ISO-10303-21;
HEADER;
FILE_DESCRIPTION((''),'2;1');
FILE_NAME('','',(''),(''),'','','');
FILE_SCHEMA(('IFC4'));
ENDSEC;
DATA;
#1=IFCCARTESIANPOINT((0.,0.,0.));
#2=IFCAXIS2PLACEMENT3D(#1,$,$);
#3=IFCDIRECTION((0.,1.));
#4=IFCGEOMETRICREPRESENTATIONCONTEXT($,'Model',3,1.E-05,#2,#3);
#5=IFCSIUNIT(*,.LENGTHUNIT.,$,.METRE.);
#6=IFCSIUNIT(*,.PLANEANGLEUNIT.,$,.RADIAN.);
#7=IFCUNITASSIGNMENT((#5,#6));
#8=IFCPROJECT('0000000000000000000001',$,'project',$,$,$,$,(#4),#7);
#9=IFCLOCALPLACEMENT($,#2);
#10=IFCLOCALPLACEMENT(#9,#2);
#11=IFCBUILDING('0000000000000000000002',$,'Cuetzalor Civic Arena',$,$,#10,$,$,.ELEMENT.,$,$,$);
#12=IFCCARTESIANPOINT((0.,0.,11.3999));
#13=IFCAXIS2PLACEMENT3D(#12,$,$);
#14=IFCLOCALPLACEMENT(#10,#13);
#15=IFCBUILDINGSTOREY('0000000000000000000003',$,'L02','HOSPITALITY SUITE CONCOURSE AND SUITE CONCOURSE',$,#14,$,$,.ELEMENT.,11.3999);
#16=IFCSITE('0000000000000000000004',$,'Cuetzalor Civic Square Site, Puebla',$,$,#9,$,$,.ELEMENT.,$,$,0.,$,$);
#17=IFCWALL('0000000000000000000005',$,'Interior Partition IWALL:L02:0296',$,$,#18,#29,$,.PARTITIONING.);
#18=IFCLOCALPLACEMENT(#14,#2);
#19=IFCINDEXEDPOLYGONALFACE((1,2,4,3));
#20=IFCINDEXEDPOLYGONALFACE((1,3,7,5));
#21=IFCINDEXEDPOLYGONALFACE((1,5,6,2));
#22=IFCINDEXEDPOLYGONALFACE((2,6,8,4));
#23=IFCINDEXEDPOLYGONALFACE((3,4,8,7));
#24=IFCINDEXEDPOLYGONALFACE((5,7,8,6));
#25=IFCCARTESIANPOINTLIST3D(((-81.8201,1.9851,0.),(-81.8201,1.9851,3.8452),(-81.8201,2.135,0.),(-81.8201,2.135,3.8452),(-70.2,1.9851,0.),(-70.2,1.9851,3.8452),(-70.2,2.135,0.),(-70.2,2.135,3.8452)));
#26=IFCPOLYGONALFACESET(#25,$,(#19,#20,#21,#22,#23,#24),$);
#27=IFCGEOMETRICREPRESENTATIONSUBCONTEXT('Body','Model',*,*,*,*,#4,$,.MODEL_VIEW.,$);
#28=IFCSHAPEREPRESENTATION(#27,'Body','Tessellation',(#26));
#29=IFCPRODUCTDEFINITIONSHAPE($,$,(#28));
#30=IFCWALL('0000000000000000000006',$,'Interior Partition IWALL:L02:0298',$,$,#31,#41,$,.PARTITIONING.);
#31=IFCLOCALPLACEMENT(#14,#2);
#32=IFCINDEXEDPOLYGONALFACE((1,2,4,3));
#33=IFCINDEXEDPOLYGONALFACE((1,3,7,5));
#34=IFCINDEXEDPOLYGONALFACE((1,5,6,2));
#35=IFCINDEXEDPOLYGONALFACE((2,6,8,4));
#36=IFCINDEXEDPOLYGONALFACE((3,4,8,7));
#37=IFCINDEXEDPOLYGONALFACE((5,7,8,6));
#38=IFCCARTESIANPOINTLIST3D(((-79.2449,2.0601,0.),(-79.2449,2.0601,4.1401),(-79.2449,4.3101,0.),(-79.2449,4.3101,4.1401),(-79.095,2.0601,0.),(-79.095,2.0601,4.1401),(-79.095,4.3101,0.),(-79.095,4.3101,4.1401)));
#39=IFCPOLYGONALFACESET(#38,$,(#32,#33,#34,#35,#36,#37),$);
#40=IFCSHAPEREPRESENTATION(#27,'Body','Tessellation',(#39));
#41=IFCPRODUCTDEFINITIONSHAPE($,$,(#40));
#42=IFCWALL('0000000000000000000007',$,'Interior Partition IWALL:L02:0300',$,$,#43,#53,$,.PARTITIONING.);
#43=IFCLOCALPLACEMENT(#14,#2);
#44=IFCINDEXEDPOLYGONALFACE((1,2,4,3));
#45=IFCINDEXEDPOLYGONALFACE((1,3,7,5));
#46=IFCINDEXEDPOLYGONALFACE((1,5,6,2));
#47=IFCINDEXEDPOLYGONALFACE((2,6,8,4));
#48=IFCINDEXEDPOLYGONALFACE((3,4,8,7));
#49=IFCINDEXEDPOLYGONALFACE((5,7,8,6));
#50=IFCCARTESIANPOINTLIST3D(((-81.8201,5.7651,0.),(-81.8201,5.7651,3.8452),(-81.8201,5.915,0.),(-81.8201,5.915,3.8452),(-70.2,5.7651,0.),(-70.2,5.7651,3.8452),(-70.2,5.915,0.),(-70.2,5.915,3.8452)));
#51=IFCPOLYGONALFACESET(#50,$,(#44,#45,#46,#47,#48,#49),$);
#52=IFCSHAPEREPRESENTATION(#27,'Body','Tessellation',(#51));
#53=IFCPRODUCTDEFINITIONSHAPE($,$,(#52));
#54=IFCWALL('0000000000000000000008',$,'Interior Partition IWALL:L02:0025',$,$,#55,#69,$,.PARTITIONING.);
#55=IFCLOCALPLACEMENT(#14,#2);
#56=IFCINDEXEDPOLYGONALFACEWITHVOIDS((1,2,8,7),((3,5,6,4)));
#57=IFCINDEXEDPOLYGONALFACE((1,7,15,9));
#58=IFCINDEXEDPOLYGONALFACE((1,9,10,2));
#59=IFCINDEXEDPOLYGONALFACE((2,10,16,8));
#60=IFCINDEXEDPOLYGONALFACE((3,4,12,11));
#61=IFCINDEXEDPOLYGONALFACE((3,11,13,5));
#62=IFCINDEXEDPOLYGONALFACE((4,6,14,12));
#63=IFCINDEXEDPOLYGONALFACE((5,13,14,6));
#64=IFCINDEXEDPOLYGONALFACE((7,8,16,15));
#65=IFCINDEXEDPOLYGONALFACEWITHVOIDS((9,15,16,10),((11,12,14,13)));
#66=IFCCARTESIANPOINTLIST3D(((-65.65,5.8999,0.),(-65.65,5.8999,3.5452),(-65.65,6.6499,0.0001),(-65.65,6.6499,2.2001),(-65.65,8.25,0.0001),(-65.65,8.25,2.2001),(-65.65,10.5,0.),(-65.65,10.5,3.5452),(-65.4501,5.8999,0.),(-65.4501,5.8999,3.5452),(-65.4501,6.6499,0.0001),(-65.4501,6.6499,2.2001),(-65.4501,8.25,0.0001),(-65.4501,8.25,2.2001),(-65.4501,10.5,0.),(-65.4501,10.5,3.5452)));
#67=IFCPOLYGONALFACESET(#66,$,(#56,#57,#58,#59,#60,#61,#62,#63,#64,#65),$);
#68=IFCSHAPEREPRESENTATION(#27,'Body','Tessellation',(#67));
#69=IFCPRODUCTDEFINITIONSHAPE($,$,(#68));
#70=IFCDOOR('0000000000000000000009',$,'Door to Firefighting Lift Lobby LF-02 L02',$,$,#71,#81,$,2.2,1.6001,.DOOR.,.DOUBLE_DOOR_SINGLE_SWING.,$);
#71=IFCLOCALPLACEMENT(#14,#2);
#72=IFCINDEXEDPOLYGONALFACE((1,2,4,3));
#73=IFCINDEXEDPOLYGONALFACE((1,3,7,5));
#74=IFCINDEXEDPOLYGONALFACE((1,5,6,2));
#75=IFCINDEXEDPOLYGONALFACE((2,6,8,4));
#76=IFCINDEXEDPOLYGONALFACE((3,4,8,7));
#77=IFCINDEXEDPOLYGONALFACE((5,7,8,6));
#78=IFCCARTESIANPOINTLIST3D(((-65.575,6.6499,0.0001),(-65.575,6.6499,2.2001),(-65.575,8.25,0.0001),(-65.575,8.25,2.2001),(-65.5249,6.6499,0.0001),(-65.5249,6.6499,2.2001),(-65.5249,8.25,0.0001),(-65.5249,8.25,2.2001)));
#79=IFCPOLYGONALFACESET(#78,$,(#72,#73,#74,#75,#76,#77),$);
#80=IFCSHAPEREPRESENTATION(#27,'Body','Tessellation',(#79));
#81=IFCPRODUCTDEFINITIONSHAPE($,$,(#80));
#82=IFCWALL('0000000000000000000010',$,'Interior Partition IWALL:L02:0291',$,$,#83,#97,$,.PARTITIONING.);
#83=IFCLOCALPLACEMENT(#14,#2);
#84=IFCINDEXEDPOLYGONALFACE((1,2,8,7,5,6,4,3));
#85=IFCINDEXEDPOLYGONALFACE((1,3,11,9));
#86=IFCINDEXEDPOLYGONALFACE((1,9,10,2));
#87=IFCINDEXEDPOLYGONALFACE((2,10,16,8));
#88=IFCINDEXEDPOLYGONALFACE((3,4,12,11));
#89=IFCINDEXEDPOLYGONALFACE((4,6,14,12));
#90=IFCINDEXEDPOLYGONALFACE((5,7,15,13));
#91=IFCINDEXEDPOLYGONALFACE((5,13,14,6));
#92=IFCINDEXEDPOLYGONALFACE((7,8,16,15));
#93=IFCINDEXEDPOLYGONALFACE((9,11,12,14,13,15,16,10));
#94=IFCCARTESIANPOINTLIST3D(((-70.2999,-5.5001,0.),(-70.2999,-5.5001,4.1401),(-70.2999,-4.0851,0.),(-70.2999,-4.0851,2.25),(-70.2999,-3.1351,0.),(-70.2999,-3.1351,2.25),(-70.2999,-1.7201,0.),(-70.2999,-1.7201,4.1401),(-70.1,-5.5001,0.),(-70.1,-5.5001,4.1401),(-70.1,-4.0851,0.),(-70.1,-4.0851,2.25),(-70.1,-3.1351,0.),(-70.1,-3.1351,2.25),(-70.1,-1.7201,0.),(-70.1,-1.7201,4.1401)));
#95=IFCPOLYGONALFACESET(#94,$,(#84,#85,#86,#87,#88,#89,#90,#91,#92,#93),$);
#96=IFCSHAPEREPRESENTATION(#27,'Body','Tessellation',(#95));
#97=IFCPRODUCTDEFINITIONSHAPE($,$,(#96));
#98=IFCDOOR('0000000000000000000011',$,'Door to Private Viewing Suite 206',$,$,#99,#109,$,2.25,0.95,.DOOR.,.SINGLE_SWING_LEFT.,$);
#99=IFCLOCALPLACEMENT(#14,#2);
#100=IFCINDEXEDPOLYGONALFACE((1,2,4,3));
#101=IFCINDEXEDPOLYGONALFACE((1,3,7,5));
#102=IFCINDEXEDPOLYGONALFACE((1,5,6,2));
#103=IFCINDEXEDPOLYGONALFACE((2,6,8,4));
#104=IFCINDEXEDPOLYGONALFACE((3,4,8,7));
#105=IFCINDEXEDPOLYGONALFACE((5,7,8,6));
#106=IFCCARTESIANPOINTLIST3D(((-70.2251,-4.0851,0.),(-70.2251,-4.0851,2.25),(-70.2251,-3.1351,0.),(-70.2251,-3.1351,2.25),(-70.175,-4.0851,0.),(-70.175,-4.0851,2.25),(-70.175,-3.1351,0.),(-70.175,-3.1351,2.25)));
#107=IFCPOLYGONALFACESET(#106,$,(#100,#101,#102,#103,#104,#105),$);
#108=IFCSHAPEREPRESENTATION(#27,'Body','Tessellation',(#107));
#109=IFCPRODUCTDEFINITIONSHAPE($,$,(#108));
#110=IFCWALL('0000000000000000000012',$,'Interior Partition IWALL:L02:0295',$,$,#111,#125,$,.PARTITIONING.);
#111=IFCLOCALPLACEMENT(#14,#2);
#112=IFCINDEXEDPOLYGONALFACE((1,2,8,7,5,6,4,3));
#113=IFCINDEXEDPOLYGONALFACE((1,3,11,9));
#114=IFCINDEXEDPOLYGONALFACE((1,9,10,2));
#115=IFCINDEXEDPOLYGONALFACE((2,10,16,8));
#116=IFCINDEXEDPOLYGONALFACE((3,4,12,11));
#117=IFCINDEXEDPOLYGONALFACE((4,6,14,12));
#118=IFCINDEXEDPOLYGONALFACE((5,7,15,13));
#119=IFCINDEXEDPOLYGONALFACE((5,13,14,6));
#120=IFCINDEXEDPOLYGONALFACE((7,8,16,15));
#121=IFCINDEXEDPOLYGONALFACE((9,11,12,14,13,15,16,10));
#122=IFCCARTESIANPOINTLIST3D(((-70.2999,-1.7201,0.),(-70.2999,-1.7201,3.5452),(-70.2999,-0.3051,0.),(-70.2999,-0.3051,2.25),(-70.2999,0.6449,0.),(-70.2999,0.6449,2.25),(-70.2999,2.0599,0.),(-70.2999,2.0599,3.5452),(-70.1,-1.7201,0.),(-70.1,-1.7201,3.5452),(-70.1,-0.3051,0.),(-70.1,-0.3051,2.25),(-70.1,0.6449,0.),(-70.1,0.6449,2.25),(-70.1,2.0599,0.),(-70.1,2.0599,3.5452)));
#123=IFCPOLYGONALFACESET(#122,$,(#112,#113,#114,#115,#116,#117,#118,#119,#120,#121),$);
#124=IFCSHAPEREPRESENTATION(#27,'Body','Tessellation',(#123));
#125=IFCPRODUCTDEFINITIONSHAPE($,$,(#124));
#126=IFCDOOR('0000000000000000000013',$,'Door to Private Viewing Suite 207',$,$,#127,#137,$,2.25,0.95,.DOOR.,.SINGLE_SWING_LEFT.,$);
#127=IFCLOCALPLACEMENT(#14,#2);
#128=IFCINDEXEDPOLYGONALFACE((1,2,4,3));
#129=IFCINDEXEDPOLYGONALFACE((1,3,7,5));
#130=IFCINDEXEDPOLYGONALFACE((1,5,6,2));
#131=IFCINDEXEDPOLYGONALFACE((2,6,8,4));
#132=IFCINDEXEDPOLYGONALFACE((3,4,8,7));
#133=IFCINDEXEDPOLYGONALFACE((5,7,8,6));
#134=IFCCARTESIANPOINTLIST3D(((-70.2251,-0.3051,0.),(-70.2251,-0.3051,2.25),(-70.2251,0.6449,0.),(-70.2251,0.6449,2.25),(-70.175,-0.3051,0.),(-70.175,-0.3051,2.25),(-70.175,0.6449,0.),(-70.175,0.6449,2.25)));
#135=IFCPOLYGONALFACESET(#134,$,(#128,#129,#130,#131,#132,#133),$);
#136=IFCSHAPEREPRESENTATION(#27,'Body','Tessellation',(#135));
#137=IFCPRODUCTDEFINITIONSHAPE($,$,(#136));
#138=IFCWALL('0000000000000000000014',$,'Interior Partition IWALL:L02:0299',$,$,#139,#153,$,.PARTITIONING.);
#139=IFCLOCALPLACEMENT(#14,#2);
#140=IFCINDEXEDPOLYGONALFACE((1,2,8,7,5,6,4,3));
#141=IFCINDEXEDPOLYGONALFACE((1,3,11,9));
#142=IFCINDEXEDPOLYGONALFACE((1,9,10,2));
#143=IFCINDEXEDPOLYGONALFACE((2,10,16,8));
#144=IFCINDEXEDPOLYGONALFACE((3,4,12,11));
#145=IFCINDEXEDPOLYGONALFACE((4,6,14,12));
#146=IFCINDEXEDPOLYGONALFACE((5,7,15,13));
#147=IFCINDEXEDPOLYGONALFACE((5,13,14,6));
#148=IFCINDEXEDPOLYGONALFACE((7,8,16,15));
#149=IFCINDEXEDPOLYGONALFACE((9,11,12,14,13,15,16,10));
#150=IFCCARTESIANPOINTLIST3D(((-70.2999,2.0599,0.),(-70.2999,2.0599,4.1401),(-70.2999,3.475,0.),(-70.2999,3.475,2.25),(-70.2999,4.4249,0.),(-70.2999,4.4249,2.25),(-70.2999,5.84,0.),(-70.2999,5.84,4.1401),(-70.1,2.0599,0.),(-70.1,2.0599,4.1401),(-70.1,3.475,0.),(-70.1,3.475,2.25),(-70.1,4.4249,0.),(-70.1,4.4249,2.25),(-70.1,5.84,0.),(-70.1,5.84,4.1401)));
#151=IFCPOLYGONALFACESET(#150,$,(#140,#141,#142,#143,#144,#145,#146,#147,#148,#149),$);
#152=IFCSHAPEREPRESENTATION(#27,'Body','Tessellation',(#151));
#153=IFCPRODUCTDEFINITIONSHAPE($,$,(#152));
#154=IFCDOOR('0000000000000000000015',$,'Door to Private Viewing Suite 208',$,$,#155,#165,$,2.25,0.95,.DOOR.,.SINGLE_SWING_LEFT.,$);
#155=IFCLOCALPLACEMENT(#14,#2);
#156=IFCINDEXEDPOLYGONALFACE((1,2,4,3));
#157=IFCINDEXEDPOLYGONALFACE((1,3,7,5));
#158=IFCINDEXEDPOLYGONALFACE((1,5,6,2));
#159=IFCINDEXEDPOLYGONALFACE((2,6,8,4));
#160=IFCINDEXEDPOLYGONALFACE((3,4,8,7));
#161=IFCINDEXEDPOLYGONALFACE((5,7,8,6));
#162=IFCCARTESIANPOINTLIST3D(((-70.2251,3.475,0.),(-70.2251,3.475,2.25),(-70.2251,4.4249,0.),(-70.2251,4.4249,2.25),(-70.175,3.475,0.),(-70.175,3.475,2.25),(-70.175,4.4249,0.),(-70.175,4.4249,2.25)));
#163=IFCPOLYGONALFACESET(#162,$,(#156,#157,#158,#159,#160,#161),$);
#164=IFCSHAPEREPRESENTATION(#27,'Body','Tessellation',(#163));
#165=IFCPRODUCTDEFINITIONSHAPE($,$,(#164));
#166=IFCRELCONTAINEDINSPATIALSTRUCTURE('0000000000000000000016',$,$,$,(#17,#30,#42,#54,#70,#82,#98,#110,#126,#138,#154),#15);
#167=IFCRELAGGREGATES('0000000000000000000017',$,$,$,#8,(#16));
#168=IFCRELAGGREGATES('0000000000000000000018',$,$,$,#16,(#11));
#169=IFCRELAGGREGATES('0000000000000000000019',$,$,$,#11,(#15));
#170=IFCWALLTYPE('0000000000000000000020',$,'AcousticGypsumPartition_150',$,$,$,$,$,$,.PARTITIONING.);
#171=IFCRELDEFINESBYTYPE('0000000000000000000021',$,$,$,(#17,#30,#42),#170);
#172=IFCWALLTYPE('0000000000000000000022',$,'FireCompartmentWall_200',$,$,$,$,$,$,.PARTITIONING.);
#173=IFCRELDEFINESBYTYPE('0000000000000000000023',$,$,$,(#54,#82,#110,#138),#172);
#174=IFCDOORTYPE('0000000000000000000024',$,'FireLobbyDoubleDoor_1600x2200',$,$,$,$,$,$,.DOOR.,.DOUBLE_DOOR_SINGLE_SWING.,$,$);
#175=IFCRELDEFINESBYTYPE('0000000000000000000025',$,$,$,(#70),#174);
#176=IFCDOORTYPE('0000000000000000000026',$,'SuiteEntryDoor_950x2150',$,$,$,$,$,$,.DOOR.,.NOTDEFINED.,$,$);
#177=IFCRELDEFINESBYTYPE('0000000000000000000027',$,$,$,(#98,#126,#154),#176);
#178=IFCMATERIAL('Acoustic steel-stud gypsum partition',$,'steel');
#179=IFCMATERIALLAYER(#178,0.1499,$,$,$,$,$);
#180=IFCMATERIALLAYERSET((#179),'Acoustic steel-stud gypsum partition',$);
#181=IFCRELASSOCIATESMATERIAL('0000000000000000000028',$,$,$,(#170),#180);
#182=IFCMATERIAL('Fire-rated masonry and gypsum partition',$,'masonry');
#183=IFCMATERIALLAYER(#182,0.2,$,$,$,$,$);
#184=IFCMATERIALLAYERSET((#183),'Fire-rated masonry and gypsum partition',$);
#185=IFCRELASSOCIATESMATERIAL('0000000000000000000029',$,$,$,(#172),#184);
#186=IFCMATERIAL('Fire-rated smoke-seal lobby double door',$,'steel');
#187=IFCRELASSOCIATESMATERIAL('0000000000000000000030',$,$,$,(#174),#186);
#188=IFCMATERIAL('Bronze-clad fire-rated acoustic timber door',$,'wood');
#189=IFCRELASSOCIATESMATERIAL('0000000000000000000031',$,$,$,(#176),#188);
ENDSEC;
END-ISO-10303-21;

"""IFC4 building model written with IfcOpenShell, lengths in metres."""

from ifc_helpers import new_model, si_unit, direction, frame, frame_2d, origin, place, context, subcontext, project, spatial, rectangle, extrude, material, layer, layer_set, type_object, element, fill, save


model = new_model("IFC4")

# Units and contexts
model_context = context("Model", 3, precision=1e-05, world=origin(), true_north=direction((0.0, 1.0)))
body_context = subcontext(model_context, "Body", "Model", "MODEL_VIEW")
ifc_project = project(units=[si_unit("LENGTHUNIT", "METRE"), si_unit("PLANEANGLEUNIT", "RADIAN")], contexts=[model_context])

# Site, building, storey
site_placement = place(None, origin())
site = spatial("IfcSite", under=ifc_project, at=site_placement, Name="Cuetzalor Civic Square Site, Puebla", CompositionType="ELEMENT", RefElevation=0.0)
building_placement = place(site_placement, origin())
building = spatial("IfcBuilding", under=site, at=building_placement, Name="Cuetzalor Civic Arena", CompositionType="ELEMENT")
storey_placement = place(building_placement, frame((0.0, 0.0, 11.3999)))
storey = spatial("IfcBuildingStorey", under=building, at=storey_placement, Name="L02", Description="HOSPITALITY SUITE CONCOURSE AND SUITE CONCOURSE", CompositionType="ELEMENT", Elevation=11.3999)

# Shared definitions
ifc_material_1 = material(Name="Acoustic steel-stud gypsum partition", Category="steel")
ifc_layer_1 = layer(ifc_material_1, 0.1499)
ifc_layer_set_1 = layer_set([ifc_layer_1], Name="Acoustic steel-stud gypsum partition")
wall_type_1 = type_object("IfcWallType", Name="AcousticGypsumPartition_150", PredefinedType="PARTITIONING", material=ifc_layer_set_1)

# Wall
wall_1_placement = place(storey_placement, frame((-81.8201, 2.0601, 0.0), z_axis=(0.0, 0.0, 1.0), x_axis=(1.0, 0.0, 0.0)))
element("IfcWall", 1, at=wall_1_placement, inside=storey, type_object=wall_type_1, Name="Interior Partition IWALL:L02:0296", PredefinedType="PARTITIONING", context=body_context, shape_type="SweptSolid", body=[
    extrude(rectangle(XDim=11.6201, YDim=0.1499, at=frame_2d((5.8101, 0.0))), origin(), (0.0, 0.0, 1.0), 3.8452),
])

# Walls
wall_2_placement = place(storey_placement, frame((-79.1699, 4.3101, 0.0), z_axis=(0.0, 0.0, 1.0), x_axis=(0.0, -1.0, 0.0)))
element("IfcWall", 2, at=wall_2_placement, inside=storey, type_object=wall_type_1, Name="Interior Partition IWALL:L02:0298", PredefinedType="PARTITIONING", context=body_context, shape_type="SweptSolid", body=[
    extrude(rectangle(XDim=2.25, YDim=0.1499, at=frame_2d((1.125, 0.0))), origin(), (0.0, 0.0, 1.0), 4.1401),
])
wall_3_placement = place(storey_placement, frame((-81.8201, 5.8401, 0.0), z_axis=(0.0, 0.0, 1.0), x_axis=(1.0, 0.0, 0.0)))
element("IfcWall", 3, at=wall_3_placement, inside=storey, type_object=wall_type_1, Name="Interior Partition IWALL:L02:0300", PredefinedType="PARTITIONING", context=body_context, shape_type="SweptSolid", body=[
    extrude(rectangle(XDim=11.6201, YDim=0.1499, at=frame_2d((5.8101, 0.0))), origin(), (0.0, 0.0, 1.0), 3.8452),
])

# Walls, openings, doors
ifc_material_2 = material(Name="Fire-rated masonry and gypsum partition", Category="masonry")
ifc_layer_2 = layer(ifc_material_2, 0.2)
ifc_layer_set_2 = layer_set([ifc_layer_2], Name="Fire-rated masonry and gypsum partition")
wall_type_2 = type_object("IfcWallType", Name="FireCompartmentWall_200", PredefinedType="PARTITIONING", material=ifc_layer_set_2)
wall_4_placement = place(storey_placement, frame((-65.55, 5.8999, 0.0), z_axis=(0.0, 0.0, 1.0), x_axis=(0.0, 1.0, 0.0)))
wall_4 = element("IfcWall", 4, at=wall_4_placement, inside=storey, type_object=wall_type_2, Name="Interior Partition IWALL:L02:0025", PredefinedType="PARTITIONING", context=body_context, shape_type="SweptSolid", body=[
    extrude(rectangle(XDim=4.6001, YDim=0.2, at=frame_2d((2.3, 0.0))), origin(), (0.0, 0.0, 1.0), 3.5452),
])
opening_1_placement = place(wall_4_placement, frame((0.75, 0.0, 0.0)))
opening_1 = element("IfcOpeningElement", 5, at=opening_1_placement, cuts=wall_4, PredefinedType="OPENING", context=body_context, shape_type="SweptSolid", body=[
    extrude(rectangle(XDim=1.6001, YDim=2.2, at=frame_2d((0.8, 1.1001))), frame((0.0, 0.1099, 0.0), z_axis=(0.0, -1.0, 0.0), x_axis=(1.0, 0.0, 0.0)), (0.0, 0.0, 1.0), 0.22),
])
ifc_material_3 = material(Name="Fire-rated smoke-seal lobby double door", Category="steel")
door_type_1 = type_object("IfcDoorType", Name="FireLobbyDoubleDoor_1600x2200", OperationType="DOUBLE_DOOR_SINGLE_SWING", PredefinedType="DOOR", material=ifc_material_3)
door_1_placement = place(opening_1_placement, origin())
door_1 = element("IfcDoor", 6, at=door_1_placement, inside=storey, type_object=door_type_1, Name="Door to Firefighting Lift Lobby LF-02 L02", OperationType="DOUBLE_DOOR_SINGLE_SWING", OverallHeight=2.2, OverallWidth=1.6001, PredefinedType="DOOR", context=body_context, shape_type="SweptSolid", body=[
    extrude(rectangle(XDim=1.6001, YDim=2.2, at=frame_2d((0.8, 1.1001))), frame((0.0, 0.0249, 0.0), z_axis=(0.0, -1.0, 0.0), x_axis=(1.0, 0.0, 0.0)), (0.0, 0.0, 1.0), 0.05),
])
fill(opening_1, door_1)
wall_5_placement = place(storey_placement, frame((-70.2, -1.72, 0.0), z_axis=(0.0, 0.0, 1.0), x_axis=(0.0, -1.0, 0.0)))
wall_5 = element("IfcWall", 7, at=wall_5_placement, inside=storey, type_object=wall_type_2, Name="Interior Partition IWALL:L02:0291", PredefinedType="PARTITIONING", context=body_context, shape_type="SweptSolid", body=[
    extrude(rectangle(XDim=3.78, YDim=0.2, at=frame_2d((1.8901, 0.0))), origin(), (0.0, 0.0, 1.0), 4.1401),
])
opening_2_placement = place(wall_5_placement, frame((1.415, 0.0, 0.0)))
opening_2 = element("IfcOpeningElement", 8, at=opening_2_placement, cuts=wall_5, PredefinedType="OPENING", context=body_context, shape_type="SweptSolid", body=[
    extrude(rectangle(XDim=0.95, YDim=2.25, at=frame_2d((0.4751, 1.125))), frame((0.0, 0.1099, 0.0), z_axis=(0.0, -1.0, 0.0), x_axis=(1.0, 0.0, 0.0)), (0.0, 0.0, 1.0), 0.22),
])
ifc_material_4 = material(Name="Bronze-clad fire-rated acoustic timber door", Category="wood")
door_type_2 = type_object("IfcDoorType", Name="SuiteEntryDoor_950x2150", OperationType="NOTDEFINED", PredefinedType="DOOR", material=ifc_material_4)
door_2_placement = place(opening_2_placement, origin())
door_2 = element("IfcDoor", 9, at=door_2_placement, inside=storey, type_object=door_type_2, Name="Door to Private Viewing Suite 206", OperationType="SINGLE_SWING_LEFT", OverallHeight=2.25, OverallWidth=0.95, PredefinedType="DOOR", context=body_context, shape_type="SweptSolid", body=[
    extrude(rectangle(XDim=0.95, YDim=2.25, at=frame_2d((0.4751, 1.125))), frame((0.0, 0.0249, 0.0), z_axis=(0.0, -1.0, 0.0), x_axis=(1.0, 0.0, 0.0)), (0.0, 0.0, 1.0), 0.05),
])
fill(opening_2, door_2)
wall_6_placement = place(storey_placement, frame((-70.2, 2.0601, 0.0), z_axis=(0.0, 0.0, 1.0), x_axis=(0.0, -1.0, 0.0)))
wall_6 = element("IfcWall", 10, at=wall_6_placement, inside=storey, type_object=wall_type_2, Name="Interior Partition IWALL:L02:0295", PredefinedType="PARTITIONING", context=body_context, shape_type="SweptSolid", body=[
    extrude(rectangle(XDim=3.78, YDim=0.2, at=frame_2d((1.8901, 0.0))), origin(), (0.0, 0.0, 1.0), 3.5452),
])
opening_3_placement = place(wall_6_placement, frame((1.415, 0.0, 0.0)))
opening_3 = element("IfcOpeningElement", 11, at=opening_3_placement, cuts=wall_6, PredefinedType="OPENING", context=body_context, shape_type="SweptSolid", body=[
    extrude(rectangle(XDim=0.95, YDim=2.25, at=frame_2d((0.4751, 1.125))), frame((0.0, 0.1099, 0.0), z_axis=(0.0, -1.0, 0.0), x_axis=(1.0, 0.0, 0.0)), (0.0, 0.0, 1.0), 0.22),
])
door_3_placement = place(opening_3_placement, origin())
door_3 = element("IfcDoor", 12, at=door_3_placement, inside=storey, type_object=door_type_2, Name="Door to Private Viewing Suite 207", OperationType="SINGLE_SWING_LEFT", OverallHeight=2.25, OverallWidth=0.95, PredefinedType="DOOR", context=body_context, shape_type="SweptSolid", body=[
    extrude(rectangle(XDim=0.95, YDim=2.25, at=frame_2d((0.4751, 1.125))), frame((0.0, 0.0249, 0.0), z_axis=(0.0, -1.0, 0.0), x_axis=(1.0, 0.0, 0.0)), (0.0, 0.0, 1.0), 0.05),
])
fill(opening_3, door_3)
wall_7_placement = place(storey_placement, frame((-70.2, 5.8401, 0.0), z_axis=(0.0, 0.0, 1.0), x_axis=(0.0, -1.0, 0.0)))
wall_7 = element("IfcWall", 13, at=wall_7_placement, inside=storey, type_object=wall_type_2, Name="Interior Partition IWALL:L02:0299", PredefinedType="PARTITIONING", context=body_context, shape_type="SweptSolid", body=[
    extrude(rectangle(XDim=3.78, YDim=0.2, at=frame_2d((1.8901, 0.0))), origin(), (0.0, 0.0, 1.0), 4.1401),
])
opening_4_placement = place(wall_7_placement, frame((1.415, 0.0, 0.0)))
opening_4 = element("IfcOpeningElement", 14, at=opening_4_placement, cuts=wall_7, PredefinedType="OPENING", context=body_context, shape_type="SweptSolid", body=[
    extrude(rectangle(XDim=0.95, YDim=2.25, at=frame_2d((0.4751, 1.125))), frame((0.0, 0.1099, 0.0), z_axis=(0.0, -1.0, 0.0), x_axis=(1.0, 0.0, 0.0)), (0.0, 0.0, 1.0), 0.22),
])
door_4_placement = place(opening_4_placement, origin())
door_4 = element("IfcDoor", 15, at=door_4_placement, inside=storey, type_object=door_type_2, Name="Door to Private Viewing Suite 208", OperationType="SINGLE_SWING_LEFT", OverallHeight=2.25, OverallWidth=0.95, PredefinedType="DOOR", context=body_context, shape_type="SweptSolid", body=[
    extrude(rectangle(XDim=0.95, YDim=2.25, at=frame_2d((0.4751, 1.125))), frame((0.0, 0.0249, 0.0), z_axis=(0.0, -1.0, 0.0), x_axis=(1.0, 0.0, 0.0)), (0.0, 0.0, 1.0), 0.05),
])
fill(opening_4, door_4)

save(model, "model.ifc")
